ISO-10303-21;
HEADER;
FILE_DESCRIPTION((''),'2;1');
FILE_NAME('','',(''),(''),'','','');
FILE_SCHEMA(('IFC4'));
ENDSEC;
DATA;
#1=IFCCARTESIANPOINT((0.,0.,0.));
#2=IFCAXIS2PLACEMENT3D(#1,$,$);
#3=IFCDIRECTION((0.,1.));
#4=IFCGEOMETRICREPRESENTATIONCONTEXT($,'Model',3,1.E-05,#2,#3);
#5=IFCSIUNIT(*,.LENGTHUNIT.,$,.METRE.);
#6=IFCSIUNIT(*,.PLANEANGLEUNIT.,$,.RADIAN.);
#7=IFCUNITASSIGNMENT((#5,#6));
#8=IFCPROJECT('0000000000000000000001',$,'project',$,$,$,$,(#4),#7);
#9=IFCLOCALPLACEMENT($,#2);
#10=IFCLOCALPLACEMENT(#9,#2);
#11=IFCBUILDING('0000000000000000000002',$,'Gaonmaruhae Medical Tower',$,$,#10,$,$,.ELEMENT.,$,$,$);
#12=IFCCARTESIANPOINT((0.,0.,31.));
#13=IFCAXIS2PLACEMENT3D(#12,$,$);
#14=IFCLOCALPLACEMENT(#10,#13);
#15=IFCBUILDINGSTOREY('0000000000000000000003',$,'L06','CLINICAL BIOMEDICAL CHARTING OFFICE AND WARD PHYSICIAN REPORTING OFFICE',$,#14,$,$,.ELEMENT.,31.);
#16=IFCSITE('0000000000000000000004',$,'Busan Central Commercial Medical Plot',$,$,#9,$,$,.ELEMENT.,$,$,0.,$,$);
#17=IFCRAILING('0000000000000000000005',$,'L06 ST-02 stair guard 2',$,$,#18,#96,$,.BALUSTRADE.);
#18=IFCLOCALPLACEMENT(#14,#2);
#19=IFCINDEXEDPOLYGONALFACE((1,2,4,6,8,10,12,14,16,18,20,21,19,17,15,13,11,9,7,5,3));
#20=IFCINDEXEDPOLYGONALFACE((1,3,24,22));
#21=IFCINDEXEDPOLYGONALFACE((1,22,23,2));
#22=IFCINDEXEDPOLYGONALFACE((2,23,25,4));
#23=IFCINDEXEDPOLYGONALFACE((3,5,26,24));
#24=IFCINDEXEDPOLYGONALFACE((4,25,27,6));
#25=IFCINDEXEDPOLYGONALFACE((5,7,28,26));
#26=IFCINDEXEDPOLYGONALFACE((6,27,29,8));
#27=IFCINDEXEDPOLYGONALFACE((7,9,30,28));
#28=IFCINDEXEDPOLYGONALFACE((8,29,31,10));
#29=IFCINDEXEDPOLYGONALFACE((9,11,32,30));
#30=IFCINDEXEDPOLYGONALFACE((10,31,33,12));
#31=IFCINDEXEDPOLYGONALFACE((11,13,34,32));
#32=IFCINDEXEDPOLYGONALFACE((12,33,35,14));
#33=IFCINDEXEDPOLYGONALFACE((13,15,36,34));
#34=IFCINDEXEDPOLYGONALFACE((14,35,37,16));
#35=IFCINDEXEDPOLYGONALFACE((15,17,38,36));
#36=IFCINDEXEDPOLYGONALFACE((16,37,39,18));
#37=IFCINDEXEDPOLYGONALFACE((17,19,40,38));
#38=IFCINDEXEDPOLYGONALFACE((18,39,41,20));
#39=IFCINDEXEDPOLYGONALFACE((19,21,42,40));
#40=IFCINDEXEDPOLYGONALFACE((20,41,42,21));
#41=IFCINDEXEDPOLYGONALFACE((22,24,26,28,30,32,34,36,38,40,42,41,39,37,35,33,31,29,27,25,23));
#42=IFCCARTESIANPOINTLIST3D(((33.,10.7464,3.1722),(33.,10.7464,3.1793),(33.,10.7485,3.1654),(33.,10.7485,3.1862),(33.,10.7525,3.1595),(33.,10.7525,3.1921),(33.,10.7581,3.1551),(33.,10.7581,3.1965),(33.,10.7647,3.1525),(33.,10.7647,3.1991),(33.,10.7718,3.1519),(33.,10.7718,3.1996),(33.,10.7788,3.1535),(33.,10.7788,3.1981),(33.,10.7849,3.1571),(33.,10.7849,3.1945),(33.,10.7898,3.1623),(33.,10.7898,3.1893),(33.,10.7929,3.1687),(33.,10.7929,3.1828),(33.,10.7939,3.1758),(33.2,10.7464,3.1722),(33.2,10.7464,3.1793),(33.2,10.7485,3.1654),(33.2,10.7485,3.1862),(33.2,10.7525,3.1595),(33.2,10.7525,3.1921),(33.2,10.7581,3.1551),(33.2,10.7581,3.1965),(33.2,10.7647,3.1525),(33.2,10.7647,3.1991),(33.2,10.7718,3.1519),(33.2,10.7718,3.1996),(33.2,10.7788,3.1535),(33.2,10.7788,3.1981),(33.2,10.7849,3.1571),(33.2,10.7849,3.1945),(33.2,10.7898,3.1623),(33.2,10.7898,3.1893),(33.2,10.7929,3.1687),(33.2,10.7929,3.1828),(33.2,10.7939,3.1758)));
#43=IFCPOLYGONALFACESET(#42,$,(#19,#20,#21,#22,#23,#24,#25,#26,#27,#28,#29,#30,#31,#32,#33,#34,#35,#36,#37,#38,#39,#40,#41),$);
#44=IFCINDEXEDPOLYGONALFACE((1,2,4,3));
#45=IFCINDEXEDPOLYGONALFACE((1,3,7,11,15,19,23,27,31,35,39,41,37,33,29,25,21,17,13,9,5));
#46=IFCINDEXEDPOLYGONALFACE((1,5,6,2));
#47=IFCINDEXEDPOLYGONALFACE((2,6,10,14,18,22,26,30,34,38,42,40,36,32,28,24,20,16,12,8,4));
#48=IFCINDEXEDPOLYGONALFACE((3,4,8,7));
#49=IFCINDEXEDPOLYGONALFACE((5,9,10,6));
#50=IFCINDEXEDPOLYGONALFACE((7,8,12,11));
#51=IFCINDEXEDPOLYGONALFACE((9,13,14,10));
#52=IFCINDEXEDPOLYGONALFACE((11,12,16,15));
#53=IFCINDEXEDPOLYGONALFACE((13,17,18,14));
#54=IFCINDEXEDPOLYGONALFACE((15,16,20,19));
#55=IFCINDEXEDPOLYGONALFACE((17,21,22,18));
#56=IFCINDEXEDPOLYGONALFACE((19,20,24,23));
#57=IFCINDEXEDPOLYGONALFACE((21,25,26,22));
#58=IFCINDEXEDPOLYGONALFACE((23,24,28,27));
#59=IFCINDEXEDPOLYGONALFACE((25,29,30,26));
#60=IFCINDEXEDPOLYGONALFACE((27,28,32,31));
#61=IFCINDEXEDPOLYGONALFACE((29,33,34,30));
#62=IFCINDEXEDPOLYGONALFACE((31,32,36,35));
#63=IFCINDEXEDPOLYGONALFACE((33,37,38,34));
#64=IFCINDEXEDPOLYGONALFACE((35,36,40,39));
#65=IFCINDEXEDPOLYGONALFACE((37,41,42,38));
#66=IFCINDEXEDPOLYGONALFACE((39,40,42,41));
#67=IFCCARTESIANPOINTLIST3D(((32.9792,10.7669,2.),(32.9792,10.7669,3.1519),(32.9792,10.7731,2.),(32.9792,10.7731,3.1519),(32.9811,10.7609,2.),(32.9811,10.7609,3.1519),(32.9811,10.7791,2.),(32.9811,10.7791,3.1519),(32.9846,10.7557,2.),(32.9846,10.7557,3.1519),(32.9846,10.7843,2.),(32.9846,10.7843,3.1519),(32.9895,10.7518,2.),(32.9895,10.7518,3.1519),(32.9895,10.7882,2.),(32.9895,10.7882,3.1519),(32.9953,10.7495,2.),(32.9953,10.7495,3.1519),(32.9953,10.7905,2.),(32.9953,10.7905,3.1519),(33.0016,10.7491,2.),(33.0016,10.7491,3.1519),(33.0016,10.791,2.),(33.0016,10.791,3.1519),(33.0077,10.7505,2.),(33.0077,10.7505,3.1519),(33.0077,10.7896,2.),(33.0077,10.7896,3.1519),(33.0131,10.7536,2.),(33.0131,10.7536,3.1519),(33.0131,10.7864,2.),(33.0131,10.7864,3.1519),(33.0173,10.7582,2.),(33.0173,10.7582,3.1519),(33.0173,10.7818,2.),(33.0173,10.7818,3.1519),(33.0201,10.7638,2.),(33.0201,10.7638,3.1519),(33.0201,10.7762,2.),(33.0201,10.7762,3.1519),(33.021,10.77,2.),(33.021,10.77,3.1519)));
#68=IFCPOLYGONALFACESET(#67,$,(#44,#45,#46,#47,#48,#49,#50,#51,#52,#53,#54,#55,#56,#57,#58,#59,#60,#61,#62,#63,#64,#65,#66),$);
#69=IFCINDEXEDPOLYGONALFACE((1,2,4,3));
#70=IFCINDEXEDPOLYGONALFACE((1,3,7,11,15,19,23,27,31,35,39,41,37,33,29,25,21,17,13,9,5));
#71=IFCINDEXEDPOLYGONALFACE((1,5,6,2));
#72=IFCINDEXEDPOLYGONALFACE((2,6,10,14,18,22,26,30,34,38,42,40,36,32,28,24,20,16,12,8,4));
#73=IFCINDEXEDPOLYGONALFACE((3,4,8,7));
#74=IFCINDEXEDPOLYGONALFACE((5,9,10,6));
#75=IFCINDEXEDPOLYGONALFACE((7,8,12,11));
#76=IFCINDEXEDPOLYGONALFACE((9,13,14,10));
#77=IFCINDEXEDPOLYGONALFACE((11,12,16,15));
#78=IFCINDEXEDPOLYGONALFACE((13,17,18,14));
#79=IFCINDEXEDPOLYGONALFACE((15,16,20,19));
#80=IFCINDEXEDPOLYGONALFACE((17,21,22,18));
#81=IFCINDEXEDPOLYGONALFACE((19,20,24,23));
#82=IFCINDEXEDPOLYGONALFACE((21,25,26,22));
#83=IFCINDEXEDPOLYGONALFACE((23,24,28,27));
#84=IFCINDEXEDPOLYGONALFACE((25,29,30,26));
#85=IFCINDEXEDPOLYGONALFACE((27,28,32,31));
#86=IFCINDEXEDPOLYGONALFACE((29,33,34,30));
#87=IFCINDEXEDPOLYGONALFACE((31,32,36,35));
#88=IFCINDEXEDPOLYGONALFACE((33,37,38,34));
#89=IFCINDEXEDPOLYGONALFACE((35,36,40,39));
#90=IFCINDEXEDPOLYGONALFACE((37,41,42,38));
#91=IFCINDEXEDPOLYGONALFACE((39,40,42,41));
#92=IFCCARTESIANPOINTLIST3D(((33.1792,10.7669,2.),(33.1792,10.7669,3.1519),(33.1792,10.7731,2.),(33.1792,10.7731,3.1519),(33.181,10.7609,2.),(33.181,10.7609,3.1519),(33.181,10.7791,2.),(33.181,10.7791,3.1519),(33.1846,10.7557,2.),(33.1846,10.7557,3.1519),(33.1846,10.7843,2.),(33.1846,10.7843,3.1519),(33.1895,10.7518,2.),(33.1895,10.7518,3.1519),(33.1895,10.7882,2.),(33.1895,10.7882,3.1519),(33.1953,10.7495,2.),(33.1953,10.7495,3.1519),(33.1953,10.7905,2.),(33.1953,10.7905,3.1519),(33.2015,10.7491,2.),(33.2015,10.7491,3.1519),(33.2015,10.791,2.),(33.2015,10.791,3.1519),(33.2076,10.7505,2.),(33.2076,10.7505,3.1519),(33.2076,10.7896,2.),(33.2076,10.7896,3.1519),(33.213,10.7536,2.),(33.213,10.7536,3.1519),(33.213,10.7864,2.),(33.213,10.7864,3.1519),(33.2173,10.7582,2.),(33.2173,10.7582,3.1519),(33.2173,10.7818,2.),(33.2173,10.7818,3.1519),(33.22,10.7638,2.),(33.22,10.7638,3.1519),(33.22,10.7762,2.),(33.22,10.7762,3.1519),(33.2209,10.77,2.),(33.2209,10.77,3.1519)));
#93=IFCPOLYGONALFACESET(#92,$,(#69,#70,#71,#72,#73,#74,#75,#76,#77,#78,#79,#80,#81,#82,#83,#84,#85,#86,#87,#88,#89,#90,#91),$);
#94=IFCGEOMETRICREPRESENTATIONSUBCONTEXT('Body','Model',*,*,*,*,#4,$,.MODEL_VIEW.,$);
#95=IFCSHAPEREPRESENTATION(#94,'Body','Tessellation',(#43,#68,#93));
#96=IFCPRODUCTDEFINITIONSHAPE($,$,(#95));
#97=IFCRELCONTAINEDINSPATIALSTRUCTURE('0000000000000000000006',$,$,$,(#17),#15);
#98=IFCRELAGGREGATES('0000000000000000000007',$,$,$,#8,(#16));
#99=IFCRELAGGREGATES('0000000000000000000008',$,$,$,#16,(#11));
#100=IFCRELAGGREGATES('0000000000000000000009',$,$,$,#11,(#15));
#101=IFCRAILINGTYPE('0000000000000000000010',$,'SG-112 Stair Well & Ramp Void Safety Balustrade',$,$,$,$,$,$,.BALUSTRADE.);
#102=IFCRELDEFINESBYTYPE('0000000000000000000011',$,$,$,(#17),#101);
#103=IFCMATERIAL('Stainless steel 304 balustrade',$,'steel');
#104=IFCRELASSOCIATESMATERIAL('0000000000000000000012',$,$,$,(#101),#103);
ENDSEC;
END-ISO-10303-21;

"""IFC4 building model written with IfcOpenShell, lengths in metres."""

from ifc_helpers import new_model, si_unit, direction, frame, origin, origin_2d, place, context, subcontext, project, spatial, circle, extrude, material, type_object, element, save


model = new_model("IFC4")

# Units and contexts
model_context = context("Model", 3, precision=1e-05, world=origin(), true_north=direction((0.0, 1.0)))
body_context = subcontext(model_context, "Body", "Model", "MODEL_VIEW")
ifc_project = project(units=[si_unit("LENGTHUNIT", "METRE"), si_unit("PLANEANGLEUNIT", "RADIAN")], contexts=[model_context])

# Site, building, storey
site_placement = place(None, origin())
site = spatial("IfcSite", under=ifc_project, at=site_placement, Name="Busan Central Commercial Medical Plot", CompositionType="ELEMENT", RefElevation=0.0)
building_placement = place(site_placement, origin())
building = spatial("IfcBuilding", under=site, at=building_placement, Name="Gaonmaruhae Medical Tower", CompositionType="ELEMENT")
storey_placement = place(building_placement, frame((0.0, 0.0, 31.0)))
storey = spatial("IfcBuildingStorey", under=building, at=storey_placement, Name="L06", Description="CLINICAL BIOMEDICAL CHARTING OFFICE AND WARD PHYSICIAN REPORTING OFFICE", CompositionType="ELEMENT", Elevation=31.0)

# Railing
ifc_material_1 = material(Name="Stainless steel 304 balustrade", Category="steel")
railing_type_1 = type_object("IfcRailingType", Name="SG-112 Stair Well & Ramp Void Safety Balustrade", PredefinedType="BALUSTRADE", material=ifc_material_1)
railing_1_placement = place(storey_placement, frame((33.0, 10.77, 2.0)))
element("IfcRailing", 1, at=railing_1_placement, inside=storey, type_object=railing_type_1, Name="L06 ST-02 stair guard 2", PredefinedType="BALUSTRADE", context=body_context, shape_type="SweptSolid", body=[
    extrude(circle(Radius=0.0239, at=origin_2d()), frame((0.0, 0.0, 1.1758), z_axis=(1.0, 0.0, 0.0), x_axis=(0.0, 1.0, 0.0)), (0.0, 0.0, 1.0), 0.2),
    extrude(circle(Radius=0.021, at=origin_2d()), origin(), (0.0, 0.0, 1.0), 1.1519),
    extrude(circle(Radius=0.021, at=origin_2d()), frame((0.2, 0.0, 0.0)), (0.0, 0.0, 1.0), 1.1519),
])

save(model, "model.ifc")
